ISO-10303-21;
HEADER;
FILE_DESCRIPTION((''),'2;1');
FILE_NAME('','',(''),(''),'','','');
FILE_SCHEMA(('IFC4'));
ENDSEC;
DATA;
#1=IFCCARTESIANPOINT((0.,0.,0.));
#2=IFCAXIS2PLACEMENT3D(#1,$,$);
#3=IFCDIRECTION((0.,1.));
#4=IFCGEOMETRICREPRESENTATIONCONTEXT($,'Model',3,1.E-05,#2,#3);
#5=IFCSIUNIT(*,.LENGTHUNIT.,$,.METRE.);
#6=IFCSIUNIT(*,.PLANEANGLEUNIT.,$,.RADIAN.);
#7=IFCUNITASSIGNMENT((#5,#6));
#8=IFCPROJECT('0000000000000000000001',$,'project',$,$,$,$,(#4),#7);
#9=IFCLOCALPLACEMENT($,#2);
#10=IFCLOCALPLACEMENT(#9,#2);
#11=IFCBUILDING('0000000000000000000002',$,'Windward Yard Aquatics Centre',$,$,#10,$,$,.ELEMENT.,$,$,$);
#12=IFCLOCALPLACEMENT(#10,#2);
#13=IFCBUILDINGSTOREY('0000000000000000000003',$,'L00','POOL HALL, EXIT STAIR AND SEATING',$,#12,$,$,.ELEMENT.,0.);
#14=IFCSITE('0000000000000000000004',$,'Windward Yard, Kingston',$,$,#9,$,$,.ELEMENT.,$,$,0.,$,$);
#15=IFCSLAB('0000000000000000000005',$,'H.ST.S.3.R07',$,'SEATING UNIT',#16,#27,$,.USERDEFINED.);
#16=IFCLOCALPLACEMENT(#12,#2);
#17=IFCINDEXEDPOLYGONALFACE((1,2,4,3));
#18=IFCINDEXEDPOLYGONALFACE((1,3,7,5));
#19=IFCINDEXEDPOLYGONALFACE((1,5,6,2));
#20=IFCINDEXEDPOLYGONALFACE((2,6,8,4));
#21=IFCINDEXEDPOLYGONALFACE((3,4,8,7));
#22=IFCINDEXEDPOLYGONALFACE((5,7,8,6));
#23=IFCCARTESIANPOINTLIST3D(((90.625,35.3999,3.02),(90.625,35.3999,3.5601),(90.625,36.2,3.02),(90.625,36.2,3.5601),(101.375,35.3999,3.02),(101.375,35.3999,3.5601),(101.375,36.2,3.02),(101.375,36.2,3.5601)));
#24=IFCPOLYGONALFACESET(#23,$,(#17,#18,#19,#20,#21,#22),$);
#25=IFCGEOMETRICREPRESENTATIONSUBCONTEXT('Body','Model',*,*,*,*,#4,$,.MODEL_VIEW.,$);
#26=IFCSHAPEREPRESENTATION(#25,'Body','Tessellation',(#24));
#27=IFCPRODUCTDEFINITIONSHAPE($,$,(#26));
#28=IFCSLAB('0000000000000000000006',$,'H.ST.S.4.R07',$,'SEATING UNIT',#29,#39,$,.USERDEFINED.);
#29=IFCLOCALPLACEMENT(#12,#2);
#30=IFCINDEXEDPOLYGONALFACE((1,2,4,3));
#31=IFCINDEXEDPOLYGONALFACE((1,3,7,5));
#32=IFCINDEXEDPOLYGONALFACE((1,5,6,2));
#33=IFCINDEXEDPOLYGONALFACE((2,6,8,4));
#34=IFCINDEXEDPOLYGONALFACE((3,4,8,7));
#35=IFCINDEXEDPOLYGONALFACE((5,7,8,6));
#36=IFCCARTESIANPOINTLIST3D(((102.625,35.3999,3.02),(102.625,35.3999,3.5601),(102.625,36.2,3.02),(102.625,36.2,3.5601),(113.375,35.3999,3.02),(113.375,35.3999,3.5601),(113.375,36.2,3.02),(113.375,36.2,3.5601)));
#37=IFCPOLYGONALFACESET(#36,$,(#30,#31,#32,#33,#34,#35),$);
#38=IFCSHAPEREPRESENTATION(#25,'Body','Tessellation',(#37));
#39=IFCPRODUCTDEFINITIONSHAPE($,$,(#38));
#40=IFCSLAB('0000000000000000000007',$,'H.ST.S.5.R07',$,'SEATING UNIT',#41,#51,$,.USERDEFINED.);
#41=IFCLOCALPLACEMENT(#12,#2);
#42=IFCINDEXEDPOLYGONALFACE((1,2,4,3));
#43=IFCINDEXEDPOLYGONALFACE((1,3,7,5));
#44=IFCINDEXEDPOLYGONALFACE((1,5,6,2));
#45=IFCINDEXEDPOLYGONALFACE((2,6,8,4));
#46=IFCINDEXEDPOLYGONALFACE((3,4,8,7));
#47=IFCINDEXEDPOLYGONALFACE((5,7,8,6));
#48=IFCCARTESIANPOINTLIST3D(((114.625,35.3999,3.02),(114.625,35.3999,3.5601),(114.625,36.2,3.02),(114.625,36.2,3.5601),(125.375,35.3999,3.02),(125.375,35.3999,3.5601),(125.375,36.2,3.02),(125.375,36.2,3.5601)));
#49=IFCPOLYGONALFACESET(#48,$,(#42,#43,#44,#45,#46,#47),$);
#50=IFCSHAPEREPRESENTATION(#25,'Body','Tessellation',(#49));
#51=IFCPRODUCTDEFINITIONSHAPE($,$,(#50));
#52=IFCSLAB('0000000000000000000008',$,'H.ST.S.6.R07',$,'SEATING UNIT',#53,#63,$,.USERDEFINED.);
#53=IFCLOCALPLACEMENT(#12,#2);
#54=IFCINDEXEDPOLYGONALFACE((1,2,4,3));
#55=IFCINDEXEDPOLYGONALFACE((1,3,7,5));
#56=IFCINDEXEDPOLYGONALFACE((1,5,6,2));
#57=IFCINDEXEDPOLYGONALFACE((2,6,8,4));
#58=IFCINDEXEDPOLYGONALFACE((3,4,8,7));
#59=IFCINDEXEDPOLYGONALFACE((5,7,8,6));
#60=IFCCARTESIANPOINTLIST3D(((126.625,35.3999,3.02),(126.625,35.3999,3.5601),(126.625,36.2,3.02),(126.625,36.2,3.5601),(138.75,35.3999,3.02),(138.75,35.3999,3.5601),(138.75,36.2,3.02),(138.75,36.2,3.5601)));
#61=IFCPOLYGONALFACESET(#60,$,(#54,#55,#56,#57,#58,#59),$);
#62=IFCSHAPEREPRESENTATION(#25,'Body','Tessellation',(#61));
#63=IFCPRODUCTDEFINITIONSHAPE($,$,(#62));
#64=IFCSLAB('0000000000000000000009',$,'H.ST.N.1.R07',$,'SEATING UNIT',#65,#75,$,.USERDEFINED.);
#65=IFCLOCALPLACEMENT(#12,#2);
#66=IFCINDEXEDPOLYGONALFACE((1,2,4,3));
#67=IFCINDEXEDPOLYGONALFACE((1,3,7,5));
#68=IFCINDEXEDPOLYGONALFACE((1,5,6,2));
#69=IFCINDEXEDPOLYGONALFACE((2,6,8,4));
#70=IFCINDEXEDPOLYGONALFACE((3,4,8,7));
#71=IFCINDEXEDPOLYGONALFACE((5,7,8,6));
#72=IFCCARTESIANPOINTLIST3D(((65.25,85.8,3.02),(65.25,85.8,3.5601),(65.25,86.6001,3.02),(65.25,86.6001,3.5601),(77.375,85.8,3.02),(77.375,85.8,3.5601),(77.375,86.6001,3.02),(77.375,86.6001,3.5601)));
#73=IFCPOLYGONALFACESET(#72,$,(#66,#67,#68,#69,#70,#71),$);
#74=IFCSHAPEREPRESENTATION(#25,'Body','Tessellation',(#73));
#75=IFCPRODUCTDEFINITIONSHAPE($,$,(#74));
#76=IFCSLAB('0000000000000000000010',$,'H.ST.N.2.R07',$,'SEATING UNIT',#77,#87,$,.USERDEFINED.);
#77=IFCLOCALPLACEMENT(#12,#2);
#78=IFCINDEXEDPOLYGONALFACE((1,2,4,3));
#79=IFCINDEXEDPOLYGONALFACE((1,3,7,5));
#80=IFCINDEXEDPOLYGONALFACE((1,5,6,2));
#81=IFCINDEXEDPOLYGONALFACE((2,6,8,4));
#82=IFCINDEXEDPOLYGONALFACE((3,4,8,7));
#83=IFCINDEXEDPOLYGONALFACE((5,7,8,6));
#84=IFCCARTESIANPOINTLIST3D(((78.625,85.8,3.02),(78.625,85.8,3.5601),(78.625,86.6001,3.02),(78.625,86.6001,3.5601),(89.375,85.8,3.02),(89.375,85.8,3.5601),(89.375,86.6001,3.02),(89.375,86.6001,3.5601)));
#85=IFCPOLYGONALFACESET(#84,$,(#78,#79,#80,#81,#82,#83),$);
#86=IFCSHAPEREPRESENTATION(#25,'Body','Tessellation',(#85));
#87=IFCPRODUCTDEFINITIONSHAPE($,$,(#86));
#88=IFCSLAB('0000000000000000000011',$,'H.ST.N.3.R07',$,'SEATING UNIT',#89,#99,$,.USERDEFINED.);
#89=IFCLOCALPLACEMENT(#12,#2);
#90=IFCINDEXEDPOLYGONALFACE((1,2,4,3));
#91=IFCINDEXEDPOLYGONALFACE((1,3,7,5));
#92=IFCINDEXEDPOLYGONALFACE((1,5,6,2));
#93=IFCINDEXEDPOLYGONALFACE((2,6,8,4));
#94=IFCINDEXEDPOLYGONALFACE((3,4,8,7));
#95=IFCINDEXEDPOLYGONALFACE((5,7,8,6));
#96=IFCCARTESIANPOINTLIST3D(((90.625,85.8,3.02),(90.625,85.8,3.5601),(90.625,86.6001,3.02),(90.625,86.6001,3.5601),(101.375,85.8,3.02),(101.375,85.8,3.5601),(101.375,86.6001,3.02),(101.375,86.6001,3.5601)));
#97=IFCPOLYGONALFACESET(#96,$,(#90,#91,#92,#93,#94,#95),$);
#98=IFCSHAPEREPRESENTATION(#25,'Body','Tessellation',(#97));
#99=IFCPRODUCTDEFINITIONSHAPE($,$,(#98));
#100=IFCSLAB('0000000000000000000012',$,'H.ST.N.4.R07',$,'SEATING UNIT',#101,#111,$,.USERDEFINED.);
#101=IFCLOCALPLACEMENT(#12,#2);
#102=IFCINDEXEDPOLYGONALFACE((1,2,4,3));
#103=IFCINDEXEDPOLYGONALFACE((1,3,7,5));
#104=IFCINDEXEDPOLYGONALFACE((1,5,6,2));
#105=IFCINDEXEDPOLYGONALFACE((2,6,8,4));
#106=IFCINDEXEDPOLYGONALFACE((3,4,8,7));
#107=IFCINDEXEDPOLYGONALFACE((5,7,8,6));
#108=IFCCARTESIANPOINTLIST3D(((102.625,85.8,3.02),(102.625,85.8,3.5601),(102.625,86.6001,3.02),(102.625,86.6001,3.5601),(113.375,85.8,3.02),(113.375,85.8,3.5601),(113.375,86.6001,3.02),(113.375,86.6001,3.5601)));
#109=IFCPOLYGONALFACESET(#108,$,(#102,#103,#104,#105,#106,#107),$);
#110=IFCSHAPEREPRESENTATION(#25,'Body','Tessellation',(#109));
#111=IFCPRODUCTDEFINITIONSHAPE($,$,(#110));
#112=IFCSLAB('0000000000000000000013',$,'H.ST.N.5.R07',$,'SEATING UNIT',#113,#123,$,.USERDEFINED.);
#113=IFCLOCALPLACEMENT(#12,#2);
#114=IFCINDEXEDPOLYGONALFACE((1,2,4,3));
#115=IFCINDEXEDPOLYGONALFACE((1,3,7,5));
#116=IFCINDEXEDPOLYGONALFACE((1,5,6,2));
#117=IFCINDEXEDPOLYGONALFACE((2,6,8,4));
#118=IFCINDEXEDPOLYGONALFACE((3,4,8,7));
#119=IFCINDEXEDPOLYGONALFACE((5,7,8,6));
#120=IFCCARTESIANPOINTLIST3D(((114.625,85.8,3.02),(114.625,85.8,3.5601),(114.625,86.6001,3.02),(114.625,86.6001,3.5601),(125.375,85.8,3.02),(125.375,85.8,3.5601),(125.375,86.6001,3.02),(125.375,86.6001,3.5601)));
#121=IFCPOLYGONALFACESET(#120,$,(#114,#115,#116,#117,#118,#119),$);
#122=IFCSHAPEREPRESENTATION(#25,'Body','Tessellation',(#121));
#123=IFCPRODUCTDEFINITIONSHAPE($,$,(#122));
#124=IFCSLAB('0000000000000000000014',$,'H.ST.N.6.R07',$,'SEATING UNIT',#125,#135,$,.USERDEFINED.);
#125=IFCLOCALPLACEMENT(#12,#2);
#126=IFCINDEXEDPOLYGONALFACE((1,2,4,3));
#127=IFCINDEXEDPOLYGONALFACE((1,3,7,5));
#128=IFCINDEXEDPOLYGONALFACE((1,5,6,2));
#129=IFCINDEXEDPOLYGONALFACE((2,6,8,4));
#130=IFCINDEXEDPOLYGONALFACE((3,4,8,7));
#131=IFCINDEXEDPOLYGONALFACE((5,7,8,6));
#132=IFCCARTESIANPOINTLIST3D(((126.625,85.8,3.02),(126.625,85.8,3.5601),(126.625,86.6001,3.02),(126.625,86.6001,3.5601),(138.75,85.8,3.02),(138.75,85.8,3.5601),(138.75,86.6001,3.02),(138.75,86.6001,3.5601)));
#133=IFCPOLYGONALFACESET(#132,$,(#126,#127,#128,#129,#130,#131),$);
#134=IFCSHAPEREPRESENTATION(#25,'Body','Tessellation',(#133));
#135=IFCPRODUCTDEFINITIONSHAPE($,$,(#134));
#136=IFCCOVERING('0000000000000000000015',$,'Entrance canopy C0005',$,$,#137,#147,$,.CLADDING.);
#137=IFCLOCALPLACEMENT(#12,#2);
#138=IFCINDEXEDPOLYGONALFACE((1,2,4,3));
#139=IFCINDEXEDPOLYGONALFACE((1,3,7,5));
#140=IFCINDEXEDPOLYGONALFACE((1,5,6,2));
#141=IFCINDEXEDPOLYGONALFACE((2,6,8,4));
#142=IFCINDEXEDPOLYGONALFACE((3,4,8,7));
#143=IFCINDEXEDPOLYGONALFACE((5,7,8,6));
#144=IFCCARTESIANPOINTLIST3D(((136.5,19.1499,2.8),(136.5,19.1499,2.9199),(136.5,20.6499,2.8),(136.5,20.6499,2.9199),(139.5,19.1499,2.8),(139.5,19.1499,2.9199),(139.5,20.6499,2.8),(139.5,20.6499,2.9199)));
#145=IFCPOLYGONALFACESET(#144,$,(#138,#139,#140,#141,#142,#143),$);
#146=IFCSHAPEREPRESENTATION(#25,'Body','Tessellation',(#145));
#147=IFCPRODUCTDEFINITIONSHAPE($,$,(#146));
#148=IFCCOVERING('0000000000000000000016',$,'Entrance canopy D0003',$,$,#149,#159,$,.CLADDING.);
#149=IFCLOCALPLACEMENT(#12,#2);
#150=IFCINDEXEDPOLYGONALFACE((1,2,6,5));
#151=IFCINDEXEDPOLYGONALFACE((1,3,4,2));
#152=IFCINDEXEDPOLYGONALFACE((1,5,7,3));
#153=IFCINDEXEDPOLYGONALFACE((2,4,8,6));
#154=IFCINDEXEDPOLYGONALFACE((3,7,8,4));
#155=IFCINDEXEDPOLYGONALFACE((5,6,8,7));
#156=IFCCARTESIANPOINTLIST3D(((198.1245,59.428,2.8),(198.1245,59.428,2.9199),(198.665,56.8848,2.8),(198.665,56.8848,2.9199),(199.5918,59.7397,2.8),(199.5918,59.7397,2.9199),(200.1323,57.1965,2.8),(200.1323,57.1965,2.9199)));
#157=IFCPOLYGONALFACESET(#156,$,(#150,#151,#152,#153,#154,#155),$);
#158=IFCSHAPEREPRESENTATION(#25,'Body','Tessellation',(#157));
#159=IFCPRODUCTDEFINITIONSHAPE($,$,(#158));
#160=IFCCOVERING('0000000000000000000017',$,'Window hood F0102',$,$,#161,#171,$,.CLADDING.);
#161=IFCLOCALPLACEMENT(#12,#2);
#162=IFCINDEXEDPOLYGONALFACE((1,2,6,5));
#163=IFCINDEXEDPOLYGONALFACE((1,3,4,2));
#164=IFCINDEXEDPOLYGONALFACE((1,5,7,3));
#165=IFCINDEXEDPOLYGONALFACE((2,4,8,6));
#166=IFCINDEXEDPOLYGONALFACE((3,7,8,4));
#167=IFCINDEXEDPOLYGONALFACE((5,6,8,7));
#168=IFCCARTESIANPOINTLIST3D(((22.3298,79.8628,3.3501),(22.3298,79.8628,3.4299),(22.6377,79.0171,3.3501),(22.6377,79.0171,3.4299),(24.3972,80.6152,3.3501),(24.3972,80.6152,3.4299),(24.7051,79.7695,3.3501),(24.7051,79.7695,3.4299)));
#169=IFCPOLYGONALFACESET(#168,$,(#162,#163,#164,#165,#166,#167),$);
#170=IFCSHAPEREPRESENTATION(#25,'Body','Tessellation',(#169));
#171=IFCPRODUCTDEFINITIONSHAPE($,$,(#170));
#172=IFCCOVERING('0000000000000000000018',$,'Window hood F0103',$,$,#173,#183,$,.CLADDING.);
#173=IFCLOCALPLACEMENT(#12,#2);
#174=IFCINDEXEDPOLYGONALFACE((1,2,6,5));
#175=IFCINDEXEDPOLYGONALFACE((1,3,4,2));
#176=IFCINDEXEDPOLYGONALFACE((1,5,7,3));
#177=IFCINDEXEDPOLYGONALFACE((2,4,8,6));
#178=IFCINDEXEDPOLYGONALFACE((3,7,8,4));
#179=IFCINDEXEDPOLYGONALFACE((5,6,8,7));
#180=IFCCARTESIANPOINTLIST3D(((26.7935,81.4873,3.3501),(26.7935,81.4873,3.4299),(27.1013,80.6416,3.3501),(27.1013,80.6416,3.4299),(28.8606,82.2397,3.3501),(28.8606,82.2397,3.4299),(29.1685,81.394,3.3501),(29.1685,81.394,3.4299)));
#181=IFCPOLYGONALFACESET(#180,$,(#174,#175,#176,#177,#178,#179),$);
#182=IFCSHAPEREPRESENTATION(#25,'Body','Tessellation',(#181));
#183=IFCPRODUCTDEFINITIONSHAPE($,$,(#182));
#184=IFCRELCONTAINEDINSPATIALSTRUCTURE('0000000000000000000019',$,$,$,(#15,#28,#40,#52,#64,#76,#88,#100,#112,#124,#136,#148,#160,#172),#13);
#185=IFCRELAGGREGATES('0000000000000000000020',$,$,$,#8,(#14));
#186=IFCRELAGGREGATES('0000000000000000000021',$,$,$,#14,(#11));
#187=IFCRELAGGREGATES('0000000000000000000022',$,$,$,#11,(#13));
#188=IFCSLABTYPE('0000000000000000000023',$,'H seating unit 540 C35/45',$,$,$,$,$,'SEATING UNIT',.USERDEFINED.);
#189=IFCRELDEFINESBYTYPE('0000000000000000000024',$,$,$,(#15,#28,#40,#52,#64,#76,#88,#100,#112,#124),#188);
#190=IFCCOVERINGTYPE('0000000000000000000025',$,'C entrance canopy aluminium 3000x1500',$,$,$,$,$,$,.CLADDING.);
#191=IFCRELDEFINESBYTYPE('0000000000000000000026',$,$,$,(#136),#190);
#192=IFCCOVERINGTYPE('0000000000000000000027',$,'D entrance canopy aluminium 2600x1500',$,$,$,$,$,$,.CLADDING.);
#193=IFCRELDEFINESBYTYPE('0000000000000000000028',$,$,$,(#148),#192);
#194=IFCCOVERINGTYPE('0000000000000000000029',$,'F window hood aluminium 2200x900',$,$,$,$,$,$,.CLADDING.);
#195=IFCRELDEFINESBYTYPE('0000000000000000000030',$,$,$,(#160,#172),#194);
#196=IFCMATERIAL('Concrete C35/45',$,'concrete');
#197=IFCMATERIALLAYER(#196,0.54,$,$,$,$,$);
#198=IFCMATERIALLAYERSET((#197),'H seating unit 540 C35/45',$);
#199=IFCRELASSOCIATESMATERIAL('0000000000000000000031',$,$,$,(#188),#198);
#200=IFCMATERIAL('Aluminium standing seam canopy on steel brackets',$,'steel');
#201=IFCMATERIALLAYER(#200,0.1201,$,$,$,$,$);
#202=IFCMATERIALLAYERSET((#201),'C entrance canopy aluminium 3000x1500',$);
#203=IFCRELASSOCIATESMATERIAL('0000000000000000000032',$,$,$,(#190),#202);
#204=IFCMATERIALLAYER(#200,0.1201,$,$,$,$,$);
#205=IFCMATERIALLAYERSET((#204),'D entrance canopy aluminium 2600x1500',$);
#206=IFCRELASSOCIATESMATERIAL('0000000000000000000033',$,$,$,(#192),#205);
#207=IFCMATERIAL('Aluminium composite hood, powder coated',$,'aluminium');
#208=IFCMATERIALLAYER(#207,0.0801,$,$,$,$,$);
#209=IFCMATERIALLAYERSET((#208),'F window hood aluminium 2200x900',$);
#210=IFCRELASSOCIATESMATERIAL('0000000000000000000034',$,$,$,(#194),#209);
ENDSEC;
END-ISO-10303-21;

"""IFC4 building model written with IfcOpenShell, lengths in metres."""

from ifc_helpers import new_model, si_unit, direction, frame, origin, place, context, subcontext, project, spatial, polyline, outline, extrude, material, layer, layer_set, type_object, element, save


model = new_model("IFC4")

# Units and contexts
model_context = context("Model", 3, precision=1e-05, world=origin(), true_north=direction((0.0, 1.0)))
body_context = subcontext(model_context, "Body", "Model", "MODEL_VIEW")
ifc_project = project(units=[si_unit("LENGTHUNIT", "METRE"), si_unit("PLANEANGLEUNIT", "RADIAN")], contexts=[model_context])

# Site, building, storey
site_placement = place(None, origin())
site = spatial("IfcSite", under=ifc_project, at=site_placement, Name="Windward Yard, Kingston", CompositionType="ELEMENT", RefElevation=0.0)
building_placement = place(site_placement, origin())
building = spatial("IfcBuilding", under=site, at=building_placement, Name="Windward Yard Aquatics Centre", CompositionType="ELEMENT")
storey_placement = place(building_placement, origin())
storey = spatial("IfcBuildingStorey", under=building, at=storey_placement, Name="L00", Description="POOL HALL, EXIT STAIR AND SEATING", CompositionType="ELEMENT", Elevation=0.0)

# Shared definitions
ifc_material_1 = material(Name="Concrete C35/45", Category="concrete")

# Slabs
ifc_layer_1 = layer(ifc_material_1, 0.54)
ifc_layer_set_1 = layer_set([ifc_layer_1], Name="H seating unit 540 C35/45")
slab_type_1 = type_object("IfcSlabType", Name="H seating unit 540 C35/45", ElementType="SEATING UNIT", PredefinedType="USERDEFINED", material=ifc_layer_set_1)
slab_1_placement = place(storey_placement, frame((0.0, 0.0, 3.02)))
element("IfcSlab", 1, at=slab_1_placement, inside=storey, type_object=slab_type_1, Name="H.ST.S.3.R07", ObjectType="SEATING UNIT", PredefinedType="USERDEFINED", context=body_context, shape_type="SweptSolid", body=[
    extrude(outline(polyline([(90.625, 35.3999), (101.375, 35.3999), (101.375, 36.2), (90.625, 36.2), (90.625, 35.3999)])), origin(), (0.0, 0.0, 1.0), 0.54),
])
slab_2_placement = place(storey_placement, frame((0.0, 0.0, 3.02)))
element("IfcSlab", 2, at=slab_2_placement, inside=storey, type_object=slab_type_1, Name="H.ST.S.4.R07", ObjectType="SEATING UNIT", PredefinedType="USERDEFINED", context=body_context, shape_type="SweptSolid", body=[
    extrude(outline(polyline([(102.625, 35.3999), (113.375, 35.3999), (113.375, 36.2), (102.625, 36.2), (102.625, 35.3999)])), origin(), (0.0, 0.0, 1.0), 0.54),
])
slab_3_placement = place(storey_placement, frame((0.0, 0.0, 3.02)))
element("IfcSlab", 3, at=slab_3_placement, inside=storey, type_object=slab_type_1, Name="H.ST.S.5.R07", ObjectType="SEATING UNIT", PredefinedType="USERDEFINED", context=body_context, shape_type="SweptSolid", body=[
    extrude(outline(polyline([(114.625, 35.3999), (125.375, 35.3999), (125.375, 36.2), (114.625, 36.2), (114.625, 35.3999)])), origin(), (0.0, 0.0, 1.0), 0.54),
])
slab_4_placement = place(storey_placement, frame((0.0, 0.0, 3.02)))
element("IfcSlab", 4, at=slab_4_placement, inside=storey, type_object=slab_type_1, Name="H.ST.S.6.R07", ObjectType="SEATING UNIT", PredefinedType="USERDEFINED", context=body_context, shape_type="SweptSolid", body=[
    extrude(outline(polyline([(126.625, 35.3999), (138.75, 35.3999), (138.75, 36.2), (126.625, 36.2), (126.625, 35.3999)])), origin(), (0.0, 0.0, 1.0), 0.54),
])
slab_5_placement = place(storey_placement, frame((0.0, 0.0, 3.02)))
element("IfcSlab", 5, at=slab_5_placement, inside=storey, type_object=slab_type_1, Name="H.ST.N.1.R07", ObjectType="SEATING UNIT", PredefinedType="USERDEFINED", context=body_context, shape_type="SweptSolid", body=[
    extrude(outline(polyline([(65.25, 85.8), (77.375, 85.8), (77.375, 86.6001), (65.25, 86.6001), (65.25, 85.8)])), origin(), (0.0, 0.0, 1.0), 0.54),
])
slab_6_placement = place(storey_placement, frame((0.0, 0.0, 3.02)))
element("IfcSlab", 6, at=slab_6_placement, inside=storey, type_object=slab_type_1, Name="H.ST.N.2.R07", ObjectType="SEATING UNIT", PredefinedType="USERDEFINED", context=body_context, shape_type="SweptSolid", body=[
    extrude(outline(polyline([(78.625, 85.8), (89.375, 85.8), (89.375, 86.6001), (78.625, 86.6001), (78.625, 85.8)])), origin(), (0.0, 0.0, 1.0), 0.54),
])
slab_7_placement = place(storey_placement, frame((0.0, 0.0, 3.02)))
element("IfcSlab", 7, at=slab_7_placement, inside=storey, type_object=slab_type_1, Name="H.ST.N.3.R07", ObjectType="SEATING UNIT", PredefinedType="USERDEFINED", context=body_context, shape_type="SweptSolid", body=[
    extrude(outline(polyline([(90.625, 85.8), (101.375, 85.8), (101.375, 86.6001), (90.625, 86.6001), (90.625, 85.8)])), origin(), (0.0, 0.0, 1.0), 0.54),
])
slab_8_placement = place(storey_placement, frame((0.0, 0.0, 3.02)))
element("IfcSlab", 8, at=slab_8_placement, inside=storey, type_object=slab_type_1, Name="H.ST.N.4.R07", ObjectType="SEATING UNIT", PredefinedType="USERDEFINED", context=body_context, shape_type="SweptSolid", body=[
    extrude(outline(polyline([(102.625, 85.8), (113.375, 85.8), (113.375, 86.6001), (102.625, 86.6001), (102.625, 85.8)])), origin(), (0.0, 0.0, 1.0), 0.54),
])
slab_9_placement = place(storey_placement, frame((0.0, 0.0, 3.02)))
element("IfcSlab", 9, at=slab_9_placement, inside=storey, type_object=slab_type_1, Name="H.ST.N.5.R07", ObjectType="SEATING UNIT", PredefinedType="USERDEFINED", context=body_context, shape_type="SweptSolid", body=[
    extrude(outline(polyline([(114.625, 85.8), (125.375, 85.8), (125.375, 86.6001), (114.625, 86.6001), (114.625, 85.8)])), origin(), (0.0, 0.0, 1.0), 0.54),
])
slab_10_placement = place(storey_placement, frame((0.0, 0.0, 3.02)))
element("IfcSlab", 10, at=slab_10_placement, inside=storey, type_object=slab_type_1, Name="H.ST.N.6.R07", ObjectType="SEATING UNIT", PredefinedType="USERDEFINED", context=body_context, shape_type="SweptSolid", body=[
    extrude(outline(polyline([(126.625, 85.8), (138.75, 85.8), (138.75, 86.6001), (126.625, 86.6001), (126.625, 85.8)])), origin(), (0.0, 0.0, 1.0), 0.54),
])

# Coverings
ifc_material_2 = material(Name="Aluminium standing seam canopy on steel brackets", Category="steel")
ifc_layer_2 = layer(ifc_material_2, 0.1201)
ifc_layer_set_2 = layer_set([ifc_layer_2], Name="C entrance canopy aluminium 3000x1500")
covering_type_1 = type_object("IfcCoveringType", Name="C entrance canopy aluminium 3000x1500", PredefinedType="CLADDING", material=ifc_layer_set_2)
covering_1_placement = place(storey_placement, frame((0.0, 0.0, 2.8)))
element("IfcCovering", 11, at=covering_1_placement, inside=storey, type_object=covering_type_1, Name="Entrance canopy C0005", PredefinedType="CLADDING", context=body_context, shape_type="SweptSolid", body=[
    extrude(outline(polyline([(136.5, 19.1499), (139.5, 19.1499), (139.5, 20.6499), (136.5, 20.6499), (136.5, 19.1499)])), origin(), (0.0, 0.0, 1.0), 0.1199),
])
ifc_layer_3 = layer(ifc_material_2, 0.1201)
ifc_layer_set_3 = layer_set([ifc_layer_3], Name="D entrance canopy aluminium 2600x1500")
covering_type_2 = type_object("IfcCoveringType", Name="D entrance canopy aluminium 2600x1500", PredefinedType="CLADDING", material=ifc_layer_set_3)
covering_2_placement = place(storey_placement, frame((0.0, 0.0, 2.8)))
element("IfcCovering", 12, at=covering_2_placement, inside=storey, type_object=covering_type_2, Name="Entrance canopy D0003", PredefinedType="CLADDING", context=body_context, shape_type="SweptSolid", body=[
    extrude(outline(polyline([(198.1245, 59.428), (199.5918, 59.7397), (200.1323, 57.1965), (198.665, 56.8848), (198.1245, 59.428)])), origin(), (0.0, 0.0, 1.0), 0.1199),
])
ifc_material_3 = material(Name="Aluminium composite hood, powder coated", Category="aluminium")
ifc_layer_4 = layer(ifc_material_3, 0.0801)
ifc_layer_set_4 = layer_set([ifc_layer_4], Name="F window hood aluminium 2200x900")
covering_type_3 = type_object("IfcCoveringType", Name="F window hood aluminium 2200x900", PredefinedType="CLADDING", material=ifc_layer_set_4)
covering_3_placement = place(storey_placement, frame((0.0, 0.0, 3.3501)))
element("IfcCovering", 13, at=covering_3_placement, inside=storey, type_object=covering_type_3, Name="Window hood F0102", PredefinedType="CLADDING", context=body_context, shape_type="SweptSolid", body=[
    extrude(outline(polyline([(22.3298, 79.8628), (24.3972, 80.6152), (24.7051, 79.7695), (22.6377, 79.0171), (22.3298, 79.8628)])), origin(), (0.0, 0.0, 1.0), 0.0798),
])
covering_4_placement = place(storey_placement, frame((0.0, 0.0, 3.3501)))
element("IfcCovering", 14, at=covering_4_placement, inside=storey, type_object=covering_type_3, Name="Window hood F0103", PredefinedType="CLADDING", context=body_context, shape_type="SweptSolid", body=[
    extrude(outline(polyline([(26.7935, 81.4873), (28.8606, 82.2397), (29.1685, 81.394), (27.1013, 80.6416), (26.7935, 81.4873)])), origin(), (0.0, 0.0, 1.0), 0.0798),
])

save(model, "model.ifc")
